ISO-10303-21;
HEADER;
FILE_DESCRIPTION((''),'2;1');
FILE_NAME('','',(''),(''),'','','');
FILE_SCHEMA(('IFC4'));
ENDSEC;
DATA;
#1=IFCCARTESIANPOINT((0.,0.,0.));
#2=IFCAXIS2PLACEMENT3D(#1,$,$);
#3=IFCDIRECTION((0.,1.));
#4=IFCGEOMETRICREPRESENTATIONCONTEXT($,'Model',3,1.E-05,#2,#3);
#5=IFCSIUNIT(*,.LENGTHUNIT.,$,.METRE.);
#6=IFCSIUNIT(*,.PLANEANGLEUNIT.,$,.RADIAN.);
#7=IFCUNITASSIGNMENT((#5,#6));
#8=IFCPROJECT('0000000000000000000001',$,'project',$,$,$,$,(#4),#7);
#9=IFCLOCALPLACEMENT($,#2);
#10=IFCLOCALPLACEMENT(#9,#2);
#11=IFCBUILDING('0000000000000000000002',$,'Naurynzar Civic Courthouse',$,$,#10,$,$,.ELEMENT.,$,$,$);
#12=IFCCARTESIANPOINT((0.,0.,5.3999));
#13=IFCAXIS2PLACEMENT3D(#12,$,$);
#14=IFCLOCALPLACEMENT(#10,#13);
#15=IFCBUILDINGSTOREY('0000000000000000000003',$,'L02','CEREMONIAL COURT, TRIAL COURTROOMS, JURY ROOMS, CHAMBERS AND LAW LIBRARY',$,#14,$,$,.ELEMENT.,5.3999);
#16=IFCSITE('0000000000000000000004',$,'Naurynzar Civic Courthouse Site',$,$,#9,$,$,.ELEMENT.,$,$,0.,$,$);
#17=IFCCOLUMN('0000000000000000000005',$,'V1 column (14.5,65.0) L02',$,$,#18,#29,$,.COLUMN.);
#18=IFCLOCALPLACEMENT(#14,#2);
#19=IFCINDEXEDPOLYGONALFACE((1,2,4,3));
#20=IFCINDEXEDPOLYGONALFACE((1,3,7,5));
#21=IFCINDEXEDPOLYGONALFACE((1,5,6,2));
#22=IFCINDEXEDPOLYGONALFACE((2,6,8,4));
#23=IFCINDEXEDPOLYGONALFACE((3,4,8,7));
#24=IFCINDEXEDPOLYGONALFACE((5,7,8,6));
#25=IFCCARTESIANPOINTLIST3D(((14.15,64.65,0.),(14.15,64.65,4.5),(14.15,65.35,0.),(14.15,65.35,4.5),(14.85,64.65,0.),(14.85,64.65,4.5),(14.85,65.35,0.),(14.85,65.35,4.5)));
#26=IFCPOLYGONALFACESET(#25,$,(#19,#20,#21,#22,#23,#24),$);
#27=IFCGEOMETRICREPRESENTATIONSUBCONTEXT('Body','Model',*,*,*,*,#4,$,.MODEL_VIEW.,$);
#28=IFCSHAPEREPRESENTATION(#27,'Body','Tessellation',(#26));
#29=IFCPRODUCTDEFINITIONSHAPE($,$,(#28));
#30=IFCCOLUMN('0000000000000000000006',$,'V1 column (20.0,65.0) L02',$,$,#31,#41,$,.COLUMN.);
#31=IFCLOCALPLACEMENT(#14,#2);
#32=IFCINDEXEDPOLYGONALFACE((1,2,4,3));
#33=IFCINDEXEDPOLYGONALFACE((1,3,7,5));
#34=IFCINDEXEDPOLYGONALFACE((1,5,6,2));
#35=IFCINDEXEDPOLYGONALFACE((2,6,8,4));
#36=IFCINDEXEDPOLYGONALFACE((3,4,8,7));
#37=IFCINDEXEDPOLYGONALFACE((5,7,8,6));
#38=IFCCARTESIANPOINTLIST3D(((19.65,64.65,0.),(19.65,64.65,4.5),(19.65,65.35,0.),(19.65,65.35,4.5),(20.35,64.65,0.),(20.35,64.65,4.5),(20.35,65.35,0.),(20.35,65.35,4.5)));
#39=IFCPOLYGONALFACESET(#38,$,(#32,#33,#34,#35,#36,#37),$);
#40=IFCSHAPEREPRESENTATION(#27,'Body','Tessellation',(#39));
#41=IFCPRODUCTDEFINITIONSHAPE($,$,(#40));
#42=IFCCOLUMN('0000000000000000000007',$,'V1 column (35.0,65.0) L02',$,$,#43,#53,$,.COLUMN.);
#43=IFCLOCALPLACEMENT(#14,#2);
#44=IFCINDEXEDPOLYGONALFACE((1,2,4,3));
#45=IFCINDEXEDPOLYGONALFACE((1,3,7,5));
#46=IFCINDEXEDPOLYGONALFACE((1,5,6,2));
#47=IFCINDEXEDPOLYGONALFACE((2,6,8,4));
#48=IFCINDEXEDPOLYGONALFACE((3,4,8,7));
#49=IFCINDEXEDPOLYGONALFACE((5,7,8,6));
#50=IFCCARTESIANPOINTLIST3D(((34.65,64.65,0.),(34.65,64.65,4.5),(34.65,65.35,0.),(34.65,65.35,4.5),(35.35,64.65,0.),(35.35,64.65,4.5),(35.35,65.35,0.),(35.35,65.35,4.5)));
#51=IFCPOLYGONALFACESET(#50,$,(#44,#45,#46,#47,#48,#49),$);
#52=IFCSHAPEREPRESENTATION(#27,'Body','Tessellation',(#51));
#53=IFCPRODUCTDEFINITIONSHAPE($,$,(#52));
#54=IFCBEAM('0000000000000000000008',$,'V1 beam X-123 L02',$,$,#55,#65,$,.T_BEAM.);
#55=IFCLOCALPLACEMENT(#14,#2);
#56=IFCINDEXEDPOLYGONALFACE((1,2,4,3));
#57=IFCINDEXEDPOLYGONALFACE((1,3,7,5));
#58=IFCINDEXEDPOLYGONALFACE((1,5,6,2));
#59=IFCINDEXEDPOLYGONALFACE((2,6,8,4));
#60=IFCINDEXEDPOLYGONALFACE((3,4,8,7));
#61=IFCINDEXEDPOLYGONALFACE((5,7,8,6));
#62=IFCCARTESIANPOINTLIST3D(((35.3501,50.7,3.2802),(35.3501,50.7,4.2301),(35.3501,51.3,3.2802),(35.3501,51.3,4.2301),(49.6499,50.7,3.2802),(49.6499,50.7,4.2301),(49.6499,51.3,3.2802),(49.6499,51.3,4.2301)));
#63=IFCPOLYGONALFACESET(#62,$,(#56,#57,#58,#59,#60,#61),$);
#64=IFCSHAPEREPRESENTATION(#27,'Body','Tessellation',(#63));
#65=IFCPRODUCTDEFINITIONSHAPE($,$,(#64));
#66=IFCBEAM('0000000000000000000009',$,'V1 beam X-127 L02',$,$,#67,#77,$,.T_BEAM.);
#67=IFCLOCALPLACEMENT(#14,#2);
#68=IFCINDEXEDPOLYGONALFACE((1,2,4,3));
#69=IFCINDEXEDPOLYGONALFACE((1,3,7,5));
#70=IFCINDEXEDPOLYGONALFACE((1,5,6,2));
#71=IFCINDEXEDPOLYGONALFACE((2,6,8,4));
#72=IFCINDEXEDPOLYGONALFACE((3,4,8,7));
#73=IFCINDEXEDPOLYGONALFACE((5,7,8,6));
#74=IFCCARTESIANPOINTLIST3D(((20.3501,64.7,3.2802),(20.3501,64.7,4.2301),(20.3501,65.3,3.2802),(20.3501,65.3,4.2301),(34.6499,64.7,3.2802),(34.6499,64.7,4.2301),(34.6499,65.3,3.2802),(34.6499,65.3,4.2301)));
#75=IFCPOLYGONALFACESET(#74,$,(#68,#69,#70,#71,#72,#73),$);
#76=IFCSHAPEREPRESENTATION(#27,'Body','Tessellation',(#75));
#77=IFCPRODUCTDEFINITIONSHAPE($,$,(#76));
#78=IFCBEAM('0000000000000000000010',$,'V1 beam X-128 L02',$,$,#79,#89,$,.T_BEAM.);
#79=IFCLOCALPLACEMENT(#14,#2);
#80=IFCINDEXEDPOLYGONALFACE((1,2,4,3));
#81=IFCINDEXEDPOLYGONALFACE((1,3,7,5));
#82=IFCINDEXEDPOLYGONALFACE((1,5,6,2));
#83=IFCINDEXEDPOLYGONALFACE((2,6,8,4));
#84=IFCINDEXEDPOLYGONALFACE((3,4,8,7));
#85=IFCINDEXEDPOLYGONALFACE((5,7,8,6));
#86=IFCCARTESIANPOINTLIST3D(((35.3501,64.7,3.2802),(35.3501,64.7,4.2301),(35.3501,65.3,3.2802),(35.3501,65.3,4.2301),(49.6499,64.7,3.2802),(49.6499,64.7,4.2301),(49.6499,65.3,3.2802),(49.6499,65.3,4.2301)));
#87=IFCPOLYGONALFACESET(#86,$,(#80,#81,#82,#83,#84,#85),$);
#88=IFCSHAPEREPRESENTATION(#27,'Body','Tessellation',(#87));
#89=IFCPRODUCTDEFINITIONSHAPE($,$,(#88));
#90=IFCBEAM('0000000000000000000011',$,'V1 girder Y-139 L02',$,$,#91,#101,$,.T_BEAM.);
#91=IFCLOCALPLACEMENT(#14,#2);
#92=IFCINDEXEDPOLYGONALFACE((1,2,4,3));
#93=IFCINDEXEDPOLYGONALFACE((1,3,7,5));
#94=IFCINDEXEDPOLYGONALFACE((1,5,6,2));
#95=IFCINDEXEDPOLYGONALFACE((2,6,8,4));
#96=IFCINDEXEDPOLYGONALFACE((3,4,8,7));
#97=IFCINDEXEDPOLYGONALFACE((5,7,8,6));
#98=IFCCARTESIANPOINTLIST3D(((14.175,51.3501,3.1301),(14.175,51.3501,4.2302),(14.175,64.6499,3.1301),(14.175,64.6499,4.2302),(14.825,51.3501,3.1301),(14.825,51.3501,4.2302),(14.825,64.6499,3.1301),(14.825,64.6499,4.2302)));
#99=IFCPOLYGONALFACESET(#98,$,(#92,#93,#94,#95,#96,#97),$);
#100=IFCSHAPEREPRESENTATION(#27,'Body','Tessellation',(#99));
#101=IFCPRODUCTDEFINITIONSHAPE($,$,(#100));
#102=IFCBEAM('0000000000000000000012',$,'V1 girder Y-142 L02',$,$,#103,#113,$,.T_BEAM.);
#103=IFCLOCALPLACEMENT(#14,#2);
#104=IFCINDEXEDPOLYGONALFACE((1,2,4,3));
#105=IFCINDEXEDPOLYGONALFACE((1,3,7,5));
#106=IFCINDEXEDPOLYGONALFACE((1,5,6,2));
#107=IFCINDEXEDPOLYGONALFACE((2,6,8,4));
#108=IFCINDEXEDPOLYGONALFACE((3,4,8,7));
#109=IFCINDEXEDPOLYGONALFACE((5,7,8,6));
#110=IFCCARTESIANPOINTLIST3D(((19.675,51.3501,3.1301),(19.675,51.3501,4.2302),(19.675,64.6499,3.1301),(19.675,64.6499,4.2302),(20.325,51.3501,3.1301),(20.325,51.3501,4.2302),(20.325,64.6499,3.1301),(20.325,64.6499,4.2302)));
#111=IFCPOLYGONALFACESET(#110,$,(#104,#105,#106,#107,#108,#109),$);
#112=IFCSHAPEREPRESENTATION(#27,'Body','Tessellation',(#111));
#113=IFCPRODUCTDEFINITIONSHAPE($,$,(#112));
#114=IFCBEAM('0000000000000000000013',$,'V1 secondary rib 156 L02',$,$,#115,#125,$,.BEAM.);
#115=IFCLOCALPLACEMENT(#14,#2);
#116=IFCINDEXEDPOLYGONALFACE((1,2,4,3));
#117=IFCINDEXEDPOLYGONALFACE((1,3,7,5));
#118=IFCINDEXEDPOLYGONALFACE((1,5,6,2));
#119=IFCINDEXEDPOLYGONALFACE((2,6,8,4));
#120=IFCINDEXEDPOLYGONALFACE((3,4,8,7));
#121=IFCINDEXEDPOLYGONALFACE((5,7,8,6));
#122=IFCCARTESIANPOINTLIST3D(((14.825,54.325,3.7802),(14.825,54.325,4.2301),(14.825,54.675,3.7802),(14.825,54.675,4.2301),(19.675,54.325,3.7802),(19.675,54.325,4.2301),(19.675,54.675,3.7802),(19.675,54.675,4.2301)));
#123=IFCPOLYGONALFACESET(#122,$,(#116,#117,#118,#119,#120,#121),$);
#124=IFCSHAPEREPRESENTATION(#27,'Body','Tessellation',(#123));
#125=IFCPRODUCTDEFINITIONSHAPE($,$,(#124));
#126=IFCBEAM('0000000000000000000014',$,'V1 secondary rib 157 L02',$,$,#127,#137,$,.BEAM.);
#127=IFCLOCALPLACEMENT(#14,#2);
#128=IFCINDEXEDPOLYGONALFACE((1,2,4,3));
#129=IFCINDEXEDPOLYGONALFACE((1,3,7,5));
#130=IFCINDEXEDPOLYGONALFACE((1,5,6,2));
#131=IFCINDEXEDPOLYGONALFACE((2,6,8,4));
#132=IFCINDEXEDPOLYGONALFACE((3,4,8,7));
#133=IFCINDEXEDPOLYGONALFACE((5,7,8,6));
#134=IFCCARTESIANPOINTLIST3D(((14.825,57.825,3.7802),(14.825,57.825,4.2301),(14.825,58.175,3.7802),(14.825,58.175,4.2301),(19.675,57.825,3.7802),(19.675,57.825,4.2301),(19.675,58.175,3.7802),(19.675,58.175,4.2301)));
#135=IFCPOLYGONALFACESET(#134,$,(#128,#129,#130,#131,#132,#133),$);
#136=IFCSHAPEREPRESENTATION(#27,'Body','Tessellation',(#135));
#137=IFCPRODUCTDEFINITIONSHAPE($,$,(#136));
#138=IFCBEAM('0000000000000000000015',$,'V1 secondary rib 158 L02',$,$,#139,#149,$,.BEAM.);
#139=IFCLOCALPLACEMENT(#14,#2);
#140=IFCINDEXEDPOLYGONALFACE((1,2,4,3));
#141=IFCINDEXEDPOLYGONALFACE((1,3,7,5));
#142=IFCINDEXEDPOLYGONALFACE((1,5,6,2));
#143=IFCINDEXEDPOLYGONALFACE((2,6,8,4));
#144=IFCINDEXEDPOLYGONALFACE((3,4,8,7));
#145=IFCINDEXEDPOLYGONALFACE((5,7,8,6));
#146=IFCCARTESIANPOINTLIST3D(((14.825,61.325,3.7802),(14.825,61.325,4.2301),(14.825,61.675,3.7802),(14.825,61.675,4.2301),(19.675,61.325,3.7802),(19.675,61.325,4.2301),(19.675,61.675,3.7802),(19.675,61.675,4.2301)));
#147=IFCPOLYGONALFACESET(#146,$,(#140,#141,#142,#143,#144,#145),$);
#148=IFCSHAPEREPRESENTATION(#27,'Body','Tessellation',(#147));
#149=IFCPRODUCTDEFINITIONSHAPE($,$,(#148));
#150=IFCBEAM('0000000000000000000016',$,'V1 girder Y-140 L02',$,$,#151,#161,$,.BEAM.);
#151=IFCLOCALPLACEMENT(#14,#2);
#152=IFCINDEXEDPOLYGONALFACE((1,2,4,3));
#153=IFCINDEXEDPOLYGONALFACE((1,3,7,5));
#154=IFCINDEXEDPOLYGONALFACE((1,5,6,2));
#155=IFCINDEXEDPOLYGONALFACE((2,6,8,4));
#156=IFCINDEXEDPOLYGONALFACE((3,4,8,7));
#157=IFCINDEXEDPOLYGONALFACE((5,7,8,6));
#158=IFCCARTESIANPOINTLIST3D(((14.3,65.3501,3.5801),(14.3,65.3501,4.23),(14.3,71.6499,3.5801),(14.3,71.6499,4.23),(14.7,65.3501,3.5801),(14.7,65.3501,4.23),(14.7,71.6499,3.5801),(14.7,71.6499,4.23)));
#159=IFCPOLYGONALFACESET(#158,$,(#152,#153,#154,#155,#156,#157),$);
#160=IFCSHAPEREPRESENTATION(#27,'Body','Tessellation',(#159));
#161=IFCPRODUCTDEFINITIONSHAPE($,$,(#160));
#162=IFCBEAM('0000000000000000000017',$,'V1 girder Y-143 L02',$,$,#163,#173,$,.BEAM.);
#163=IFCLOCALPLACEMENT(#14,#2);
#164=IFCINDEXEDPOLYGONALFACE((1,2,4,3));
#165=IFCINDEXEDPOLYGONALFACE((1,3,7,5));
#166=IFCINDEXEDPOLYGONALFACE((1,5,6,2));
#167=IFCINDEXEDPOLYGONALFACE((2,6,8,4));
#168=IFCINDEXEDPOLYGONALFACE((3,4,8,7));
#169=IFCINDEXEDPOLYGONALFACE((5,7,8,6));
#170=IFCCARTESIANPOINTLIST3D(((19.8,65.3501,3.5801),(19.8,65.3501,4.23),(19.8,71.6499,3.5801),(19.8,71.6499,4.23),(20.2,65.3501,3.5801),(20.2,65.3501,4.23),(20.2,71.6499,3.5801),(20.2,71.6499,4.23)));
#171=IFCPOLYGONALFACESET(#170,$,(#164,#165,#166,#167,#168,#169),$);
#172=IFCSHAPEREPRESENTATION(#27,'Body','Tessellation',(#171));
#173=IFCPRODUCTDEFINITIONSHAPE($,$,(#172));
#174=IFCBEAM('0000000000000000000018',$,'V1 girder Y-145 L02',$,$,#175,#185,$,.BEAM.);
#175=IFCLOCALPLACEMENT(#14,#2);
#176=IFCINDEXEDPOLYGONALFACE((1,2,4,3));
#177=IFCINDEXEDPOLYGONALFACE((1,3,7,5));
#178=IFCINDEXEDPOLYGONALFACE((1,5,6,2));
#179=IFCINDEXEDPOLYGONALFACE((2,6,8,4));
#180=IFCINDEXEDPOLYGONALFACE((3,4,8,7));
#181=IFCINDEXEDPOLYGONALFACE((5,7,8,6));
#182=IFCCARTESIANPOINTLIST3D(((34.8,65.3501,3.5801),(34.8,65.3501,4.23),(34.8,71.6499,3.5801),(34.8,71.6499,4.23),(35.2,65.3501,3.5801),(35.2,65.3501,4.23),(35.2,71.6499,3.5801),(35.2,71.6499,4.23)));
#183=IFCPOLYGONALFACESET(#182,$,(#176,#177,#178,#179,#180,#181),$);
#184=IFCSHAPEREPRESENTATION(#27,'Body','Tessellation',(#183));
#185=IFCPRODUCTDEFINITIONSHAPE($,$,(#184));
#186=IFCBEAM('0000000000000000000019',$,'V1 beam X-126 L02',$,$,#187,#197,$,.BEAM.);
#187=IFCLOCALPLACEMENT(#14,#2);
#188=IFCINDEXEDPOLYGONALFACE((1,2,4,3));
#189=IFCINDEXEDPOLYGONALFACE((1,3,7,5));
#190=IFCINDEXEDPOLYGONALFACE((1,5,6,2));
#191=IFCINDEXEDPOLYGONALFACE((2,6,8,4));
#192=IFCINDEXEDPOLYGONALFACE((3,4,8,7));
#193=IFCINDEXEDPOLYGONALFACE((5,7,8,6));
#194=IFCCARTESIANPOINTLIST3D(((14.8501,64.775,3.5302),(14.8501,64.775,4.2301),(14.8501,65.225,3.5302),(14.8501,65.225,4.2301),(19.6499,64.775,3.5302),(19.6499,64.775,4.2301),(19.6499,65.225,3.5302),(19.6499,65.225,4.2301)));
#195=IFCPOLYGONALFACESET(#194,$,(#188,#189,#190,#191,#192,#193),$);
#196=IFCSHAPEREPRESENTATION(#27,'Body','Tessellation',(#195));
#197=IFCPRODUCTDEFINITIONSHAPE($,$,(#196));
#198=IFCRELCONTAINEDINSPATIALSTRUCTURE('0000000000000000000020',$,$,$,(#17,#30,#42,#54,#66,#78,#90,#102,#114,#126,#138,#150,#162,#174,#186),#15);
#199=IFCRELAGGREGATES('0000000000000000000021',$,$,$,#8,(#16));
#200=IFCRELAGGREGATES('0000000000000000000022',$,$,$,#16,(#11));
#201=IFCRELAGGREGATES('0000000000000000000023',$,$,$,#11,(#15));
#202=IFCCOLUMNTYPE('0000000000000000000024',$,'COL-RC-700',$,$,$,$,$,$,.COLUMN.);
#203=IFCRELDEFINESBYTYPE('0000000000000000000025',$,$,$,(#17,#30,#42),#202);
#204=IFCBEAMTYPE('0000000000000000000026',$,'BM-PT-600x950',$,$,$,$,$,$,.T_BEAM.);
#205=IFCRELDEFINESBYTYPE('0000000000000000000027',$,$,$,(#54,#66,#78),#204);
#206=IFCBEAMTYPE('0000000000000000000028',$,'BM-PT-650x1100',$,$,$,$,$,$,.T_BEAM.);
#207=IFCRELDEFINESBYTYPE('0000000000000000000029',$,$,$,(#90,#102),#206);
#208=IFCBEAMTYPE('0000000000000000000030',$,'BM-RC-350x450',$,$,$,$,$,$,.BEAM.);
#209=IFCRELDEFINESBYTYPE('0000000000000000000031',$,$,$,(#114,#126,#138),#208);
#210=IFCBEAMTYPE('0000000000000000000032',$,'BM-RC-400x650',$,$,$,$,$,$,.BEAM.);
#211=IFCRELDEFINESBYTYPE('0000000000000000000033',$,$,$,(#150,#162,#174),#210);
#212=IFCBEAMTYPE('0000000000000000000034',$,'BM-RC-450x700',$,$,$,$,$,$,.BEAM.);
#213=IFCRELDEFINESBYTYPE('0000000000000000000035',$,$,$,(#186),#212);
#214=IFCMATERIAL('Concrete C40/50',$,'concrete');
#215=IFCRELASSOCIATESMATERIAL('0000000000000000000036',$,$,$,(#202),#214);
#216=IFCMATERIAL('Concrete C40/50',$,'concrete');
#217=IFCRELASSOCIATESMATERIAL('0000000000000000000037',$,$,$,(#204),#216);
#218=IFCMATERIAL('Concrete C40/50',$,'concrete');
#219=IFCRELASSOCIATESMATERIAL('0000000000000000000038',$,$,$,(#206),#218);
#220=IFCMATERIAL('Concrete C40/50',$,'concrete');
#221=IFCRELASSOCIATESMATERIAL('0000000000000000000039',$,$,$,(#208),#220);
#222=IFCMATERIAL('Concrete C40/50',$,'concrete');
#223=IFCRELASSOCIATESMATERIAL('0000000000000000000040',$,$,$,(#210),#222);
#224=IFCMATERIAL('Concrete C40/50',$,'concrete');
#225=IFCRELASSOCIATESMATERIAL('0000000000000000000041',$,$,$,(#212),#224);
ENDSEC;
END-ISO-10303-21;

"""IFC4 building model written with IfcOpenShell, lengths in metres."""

from ifc_helpers import new_model, si_unit, direction, frame, origin, origin_2d, place, context, subcontext, project, spatial, rectangle, extrude, material, material_profile, profile_set, type_object, element, save


model = new_model("IFC4")

# Units and contexts
model_context = context("Model", 3, precision=1e-05, world=origin(), true_north=direction((0.0, 1.0)))
body_context = subcontext(model_context, "Body", "Model", "MODEL_VIEW")
ifc_project = project(units=[si_unit("LENGTHUNIT", "METRE"), si_unit("PLANEANGLEUNIT", "RADIAN")], contexts=[model_context])

# Site, building, storey
site_placement = place(None, origin())
site = spatial("IfcSite", under=ifc_project, at=site_placement, Name="Naurynzar Civic Courthouse Site", CompositionType="ELEMENT", RefElevation=0.0)
building_placement = place(site_placement, origin())
building = spatial("IfcBuilding", under=site, at=building_placement, Name="Naurynzar Civic Courthouse", CompositionType="ELEMENT")
storey_placement = place(building_placement, frame((0.0, 0.0, 5.3999)))
storey = spatial("IfcBuildingStorey", under=building, at=storey_placement, Name="L02", Description="CEREMONIAL COURT, TRIAL COURTROOMS, JURY ROOMS, CHAMBERS AND LAW LIBRARY", CompositionType="ELEMENT", Elevation=5.3999)

# Columns
ifc_material_1 = material(Name="Concrete C40/50", Category="concrete")
ifc_material_profile_1 = material_profile(ifc_material_1, rectangle(XDim=0.7, YDim=0.7, at=origin_2d()), Name="RC 700x700")
ifc_profile_set_1 = profile_set([ifc_material_profile_1], Name="Concrete C40/50")
column_type = type_object("IfcColumnType", Name="COL-RC-700", PredefinedType="COLUMN", material=ifc_profile_set_1)
for number, where, z_axis, x_axis, name in (
    (1, (14.5, 65.0, 0.0), (0.0, 0.0, 1.0), (1.0, 0.0, 0.0), "V1 column (14.5,65.0) L02"),
    (2, (20.0, 65.0, 0.0), (0.0, 0.0, 1.0), (1.0, 0.0, 0.0), "V1 column (20.0,65.0) L02"),
    (3, (35.0, 65.0, 0.0), (0.0, 0.0, 1.0), (1.0, 0.0, 0.0), "V1 column (35.0,65.0) L02"),
):
    element("IfcColumn", number, at=place(storey_placement, frame(where, z_axis=z_axis, x_axis=x_axis)), inside=storey, type_object=column_type, Name=name, PredefinedType="COLUMN", context=body_context, shape_type="SweptSolid", body=[
        extrude(rectangle(XDim=0.7, YDim=0.7, at=origin_2d()), origin(), (0.0, 0.0, 1.0), 4.5),
    ])

# Beams
ifc_material_2 = material(Name="Concrete C40/50", Category="concrete")
ifc_material_profile_2 = material_profile(ifc_material_2, rectangle(XDim=0.6001, YDim=0.95, at=origin_2d()), Name="PTB 600x950")
ifc_profile_set_2 = profile_set([ifc_material_profile_2], Name="Concrete C40/50")
beam_type_1 = type_object("IfcBeamType", Name="BM-PT-600x950", PredefinedType="T_BEAM", material=ifc_profile_set_2)
for number, where, z_axis, x_axis, name in (
    (4, (35.3501, 51.0, 3.7551), (1.0, 0.0, 0.0), (0.0, 1.0, 0.0), "V1 beam X-123 L02"),
    (5, (20.3501, 65.0, 3.7551), (1.0, 0.0, 0.0), (0.0, 1.0, 0.0), "V1 beam X-127 L02"),
    (6, (35.3501, 65.0, 3.7551), (1.0, 0.0, 0.0), (0.0, 1.0, 0.0), "V1 beam X-128 L02"),
):
    element("IfcBeam", number, at=place(storey_placement, frame(where, z_axis=z_axis, x_axis=x_axis)), inside=storey, type_object=beam_type_1, Name=name, PredefinedType="T_BEAM", context=body_context, shape_type="SweptSolid", body=[
        extrude(rectangle(XDim=0.6001, YDim=0.95, at=origin_2d()), origin(), (0.0, 0.0, 1.0), 14.2998),
    ])
ifc_material_3 = material(Name="Concrete C40/50", Category="concrete")
ifc_material_profile_3 = material_profile(ifc_material_3, rectangle(XDim=0.6499, YDim=1.1001, at=origin_2d()), Name="PTB 650x1100")
ifc_profile_set_3 = profile_set([ifc_material_profile_3], Name="Concrete C40/50")
beam_type_2 = type_object("IfcBeamType", Name="BM-PT-650x1100", PredefinedType="T_BEAM", material=ifc_profile_set_3)
for number, where, z_axis, x_axis, name in (
    (7, (14.5, 51.3501, 3.6802), (0.0, 1.0, 0.0), (-1.0, 0.0, 0.0), "V1 girder Y-139 L02"),
    (8, (20.0, 51.3501, 3.6802), (0.0, 1.0, 0.0), (-1.0, 0.0, 0.0), "V1 girder Y-142 L02"),
):
    element("IfcBeam", number, at=place(storey_placement, frame(where, z_axis=z_axis, x_axis=x_axis)), inside=storey, type_object=beam_type_2, Name=name, PredefinedType="T_BEAM", context=body_context, shape_type="SweptSolid", body=[
        extrude(rectangle(XDim=0.6499, YDim=1.1001, at=origin_2d()), origin(), (0.0, 0.0, 1.0), 13.2998),
    ])
ifc_material_4 = material(Name="Concrete C40/50", Category="concrete")
ifc_material_profile_4 = material_profile(ifc_material_4, rectangle(XDim=0.3501, YDim=0.45, at=origin_2d()), Name="RCB 350x450")
ifc_profile_set_4 = profile_set([ifc_material_profile_4], Name="Concrete C40/50")
beam_type_3 = type_object("IfcBeamType", Name="BM-RC-350x450", PredefinedType="BEAM", material=ifc_profile_set_4)
for number, where, z_axis, x_axis, name in (
    (9, (14.825, 54.5, 4.0051), (1.0, 0.0, 0.0), (0.0, 1.0, 0.0), "V1 secondary rib 156 L02"),
    (10, (14.825, 58.0, 4.0051), (1.0, 0.0, 0.0), (0.0, 1.0, 0.0), "V1 secondary rib 157 L02"),
    (11, (14.825, 61.5, 4.0051), (1.0, 0.0, 0.0), (0.0, 1.0, 0.0), "V1 secondary rib 158 L02"),
):
    element("IfcBeam", number, at=place(storey_placement, frame(where, z_axis=z_axis, x_axis=x_axis)), inside=storey, type_object=beam_type_3, Name=name, PredefinedType="BEAM", context=body_context, shape_type="SweptSolid", body=[
        extrude(rectangle(XDim=0.3501, YDim=0.45, at=origin_2d()), origin(), (0.0, 0.0, 1.0), 4.8501),
    ])
ifc_material_5 = material(Name="Concrete C40/50", Category="concrete")
ifc_material_profile_5 = material_profile(ifc_material_5, rectangle(XDim=0.3999, YDim=0.6499, at=origin_2d()), Name="RCB 400x650")
ifc_profile_set_5 = profile_set([ifc_material_profile_5], Name="Concrete C40/50")
beam_type_4 = type_object("IfcBeamType", Name="BM-RC-400x650", PredefinedType="BEAM", material=ifc_profile_set_5)
for number, where, z_axis, x_axis, name in (
    (12, (14.5, 65.3501, 3.905), (0.0, 1.0, 0.0), (-1.0, 0.0, 0.0), "V1 girder Y-140 L02"),
    (13, (20.0, 65.3501, 3.905), (0.0, 1.0, 0.0), (-1.0, 0.0, 0.0), "V1 girder Y-143 L02"),
    (14, (35.0, 65.3501, 3.905), (0.0, 1.0, 0.0), (-1.0, 0.0, 0.0), "V1 girder Y-145 L02"),
):
    element("IfcBeam", number, at=place(storey_placement, frame(where, z_axis=z_axis, x_axis=x_axis)), inside=storey, type_object=beam_type_4, Name=name, PredefinedType="BEAM", context=body_context, shape_type="SweptSolid", body=[
        extrude(rectangle(XDim=0.3999, YDim=0.6499, at=origin_2d()), origin(), (0.0, 0.0, 1.0), 6.2998),
    ])
ifc_material_6 = material(Name="Concrete C40/50", Category="concrete")
ifc_material_profile_6 = material_profile(ifc_material_6, rectangle(XDim=0.45, YDim=0.7, at=origin_2d()), Name="RCB 450x700")
ifc_profile_set_6 = profile_set([ifc_material_profile_6], Name="Concrete C40/50")
beam_type_5 = type_object("IfcBeamType", Name="BM-RC-450x700", PredefinedType="BEAM", material=ifc_profile_set_6)
beam_placement = place(storey_placement, frame((14.8501, 65.0, 3.8801), z_axis=(1.0, 0.0, 0.0), x_axis=(0.0, 1.0, 0.0)))
element("IfcBeam", 15, at=beam_placement, inside=storey, type_object=beam_type_5, Name="V1 beam X-126 L02", PredefinedType="BEAM", context=body_context, shape_type="SweptSolid", body=[
    extrude(rectangle(XDim=0.45, YDim=0.7, at=origin_2d()), origin(), (0.0, 0.0, 1.0), 4.7998),
])

save(model, "model.ifc")
